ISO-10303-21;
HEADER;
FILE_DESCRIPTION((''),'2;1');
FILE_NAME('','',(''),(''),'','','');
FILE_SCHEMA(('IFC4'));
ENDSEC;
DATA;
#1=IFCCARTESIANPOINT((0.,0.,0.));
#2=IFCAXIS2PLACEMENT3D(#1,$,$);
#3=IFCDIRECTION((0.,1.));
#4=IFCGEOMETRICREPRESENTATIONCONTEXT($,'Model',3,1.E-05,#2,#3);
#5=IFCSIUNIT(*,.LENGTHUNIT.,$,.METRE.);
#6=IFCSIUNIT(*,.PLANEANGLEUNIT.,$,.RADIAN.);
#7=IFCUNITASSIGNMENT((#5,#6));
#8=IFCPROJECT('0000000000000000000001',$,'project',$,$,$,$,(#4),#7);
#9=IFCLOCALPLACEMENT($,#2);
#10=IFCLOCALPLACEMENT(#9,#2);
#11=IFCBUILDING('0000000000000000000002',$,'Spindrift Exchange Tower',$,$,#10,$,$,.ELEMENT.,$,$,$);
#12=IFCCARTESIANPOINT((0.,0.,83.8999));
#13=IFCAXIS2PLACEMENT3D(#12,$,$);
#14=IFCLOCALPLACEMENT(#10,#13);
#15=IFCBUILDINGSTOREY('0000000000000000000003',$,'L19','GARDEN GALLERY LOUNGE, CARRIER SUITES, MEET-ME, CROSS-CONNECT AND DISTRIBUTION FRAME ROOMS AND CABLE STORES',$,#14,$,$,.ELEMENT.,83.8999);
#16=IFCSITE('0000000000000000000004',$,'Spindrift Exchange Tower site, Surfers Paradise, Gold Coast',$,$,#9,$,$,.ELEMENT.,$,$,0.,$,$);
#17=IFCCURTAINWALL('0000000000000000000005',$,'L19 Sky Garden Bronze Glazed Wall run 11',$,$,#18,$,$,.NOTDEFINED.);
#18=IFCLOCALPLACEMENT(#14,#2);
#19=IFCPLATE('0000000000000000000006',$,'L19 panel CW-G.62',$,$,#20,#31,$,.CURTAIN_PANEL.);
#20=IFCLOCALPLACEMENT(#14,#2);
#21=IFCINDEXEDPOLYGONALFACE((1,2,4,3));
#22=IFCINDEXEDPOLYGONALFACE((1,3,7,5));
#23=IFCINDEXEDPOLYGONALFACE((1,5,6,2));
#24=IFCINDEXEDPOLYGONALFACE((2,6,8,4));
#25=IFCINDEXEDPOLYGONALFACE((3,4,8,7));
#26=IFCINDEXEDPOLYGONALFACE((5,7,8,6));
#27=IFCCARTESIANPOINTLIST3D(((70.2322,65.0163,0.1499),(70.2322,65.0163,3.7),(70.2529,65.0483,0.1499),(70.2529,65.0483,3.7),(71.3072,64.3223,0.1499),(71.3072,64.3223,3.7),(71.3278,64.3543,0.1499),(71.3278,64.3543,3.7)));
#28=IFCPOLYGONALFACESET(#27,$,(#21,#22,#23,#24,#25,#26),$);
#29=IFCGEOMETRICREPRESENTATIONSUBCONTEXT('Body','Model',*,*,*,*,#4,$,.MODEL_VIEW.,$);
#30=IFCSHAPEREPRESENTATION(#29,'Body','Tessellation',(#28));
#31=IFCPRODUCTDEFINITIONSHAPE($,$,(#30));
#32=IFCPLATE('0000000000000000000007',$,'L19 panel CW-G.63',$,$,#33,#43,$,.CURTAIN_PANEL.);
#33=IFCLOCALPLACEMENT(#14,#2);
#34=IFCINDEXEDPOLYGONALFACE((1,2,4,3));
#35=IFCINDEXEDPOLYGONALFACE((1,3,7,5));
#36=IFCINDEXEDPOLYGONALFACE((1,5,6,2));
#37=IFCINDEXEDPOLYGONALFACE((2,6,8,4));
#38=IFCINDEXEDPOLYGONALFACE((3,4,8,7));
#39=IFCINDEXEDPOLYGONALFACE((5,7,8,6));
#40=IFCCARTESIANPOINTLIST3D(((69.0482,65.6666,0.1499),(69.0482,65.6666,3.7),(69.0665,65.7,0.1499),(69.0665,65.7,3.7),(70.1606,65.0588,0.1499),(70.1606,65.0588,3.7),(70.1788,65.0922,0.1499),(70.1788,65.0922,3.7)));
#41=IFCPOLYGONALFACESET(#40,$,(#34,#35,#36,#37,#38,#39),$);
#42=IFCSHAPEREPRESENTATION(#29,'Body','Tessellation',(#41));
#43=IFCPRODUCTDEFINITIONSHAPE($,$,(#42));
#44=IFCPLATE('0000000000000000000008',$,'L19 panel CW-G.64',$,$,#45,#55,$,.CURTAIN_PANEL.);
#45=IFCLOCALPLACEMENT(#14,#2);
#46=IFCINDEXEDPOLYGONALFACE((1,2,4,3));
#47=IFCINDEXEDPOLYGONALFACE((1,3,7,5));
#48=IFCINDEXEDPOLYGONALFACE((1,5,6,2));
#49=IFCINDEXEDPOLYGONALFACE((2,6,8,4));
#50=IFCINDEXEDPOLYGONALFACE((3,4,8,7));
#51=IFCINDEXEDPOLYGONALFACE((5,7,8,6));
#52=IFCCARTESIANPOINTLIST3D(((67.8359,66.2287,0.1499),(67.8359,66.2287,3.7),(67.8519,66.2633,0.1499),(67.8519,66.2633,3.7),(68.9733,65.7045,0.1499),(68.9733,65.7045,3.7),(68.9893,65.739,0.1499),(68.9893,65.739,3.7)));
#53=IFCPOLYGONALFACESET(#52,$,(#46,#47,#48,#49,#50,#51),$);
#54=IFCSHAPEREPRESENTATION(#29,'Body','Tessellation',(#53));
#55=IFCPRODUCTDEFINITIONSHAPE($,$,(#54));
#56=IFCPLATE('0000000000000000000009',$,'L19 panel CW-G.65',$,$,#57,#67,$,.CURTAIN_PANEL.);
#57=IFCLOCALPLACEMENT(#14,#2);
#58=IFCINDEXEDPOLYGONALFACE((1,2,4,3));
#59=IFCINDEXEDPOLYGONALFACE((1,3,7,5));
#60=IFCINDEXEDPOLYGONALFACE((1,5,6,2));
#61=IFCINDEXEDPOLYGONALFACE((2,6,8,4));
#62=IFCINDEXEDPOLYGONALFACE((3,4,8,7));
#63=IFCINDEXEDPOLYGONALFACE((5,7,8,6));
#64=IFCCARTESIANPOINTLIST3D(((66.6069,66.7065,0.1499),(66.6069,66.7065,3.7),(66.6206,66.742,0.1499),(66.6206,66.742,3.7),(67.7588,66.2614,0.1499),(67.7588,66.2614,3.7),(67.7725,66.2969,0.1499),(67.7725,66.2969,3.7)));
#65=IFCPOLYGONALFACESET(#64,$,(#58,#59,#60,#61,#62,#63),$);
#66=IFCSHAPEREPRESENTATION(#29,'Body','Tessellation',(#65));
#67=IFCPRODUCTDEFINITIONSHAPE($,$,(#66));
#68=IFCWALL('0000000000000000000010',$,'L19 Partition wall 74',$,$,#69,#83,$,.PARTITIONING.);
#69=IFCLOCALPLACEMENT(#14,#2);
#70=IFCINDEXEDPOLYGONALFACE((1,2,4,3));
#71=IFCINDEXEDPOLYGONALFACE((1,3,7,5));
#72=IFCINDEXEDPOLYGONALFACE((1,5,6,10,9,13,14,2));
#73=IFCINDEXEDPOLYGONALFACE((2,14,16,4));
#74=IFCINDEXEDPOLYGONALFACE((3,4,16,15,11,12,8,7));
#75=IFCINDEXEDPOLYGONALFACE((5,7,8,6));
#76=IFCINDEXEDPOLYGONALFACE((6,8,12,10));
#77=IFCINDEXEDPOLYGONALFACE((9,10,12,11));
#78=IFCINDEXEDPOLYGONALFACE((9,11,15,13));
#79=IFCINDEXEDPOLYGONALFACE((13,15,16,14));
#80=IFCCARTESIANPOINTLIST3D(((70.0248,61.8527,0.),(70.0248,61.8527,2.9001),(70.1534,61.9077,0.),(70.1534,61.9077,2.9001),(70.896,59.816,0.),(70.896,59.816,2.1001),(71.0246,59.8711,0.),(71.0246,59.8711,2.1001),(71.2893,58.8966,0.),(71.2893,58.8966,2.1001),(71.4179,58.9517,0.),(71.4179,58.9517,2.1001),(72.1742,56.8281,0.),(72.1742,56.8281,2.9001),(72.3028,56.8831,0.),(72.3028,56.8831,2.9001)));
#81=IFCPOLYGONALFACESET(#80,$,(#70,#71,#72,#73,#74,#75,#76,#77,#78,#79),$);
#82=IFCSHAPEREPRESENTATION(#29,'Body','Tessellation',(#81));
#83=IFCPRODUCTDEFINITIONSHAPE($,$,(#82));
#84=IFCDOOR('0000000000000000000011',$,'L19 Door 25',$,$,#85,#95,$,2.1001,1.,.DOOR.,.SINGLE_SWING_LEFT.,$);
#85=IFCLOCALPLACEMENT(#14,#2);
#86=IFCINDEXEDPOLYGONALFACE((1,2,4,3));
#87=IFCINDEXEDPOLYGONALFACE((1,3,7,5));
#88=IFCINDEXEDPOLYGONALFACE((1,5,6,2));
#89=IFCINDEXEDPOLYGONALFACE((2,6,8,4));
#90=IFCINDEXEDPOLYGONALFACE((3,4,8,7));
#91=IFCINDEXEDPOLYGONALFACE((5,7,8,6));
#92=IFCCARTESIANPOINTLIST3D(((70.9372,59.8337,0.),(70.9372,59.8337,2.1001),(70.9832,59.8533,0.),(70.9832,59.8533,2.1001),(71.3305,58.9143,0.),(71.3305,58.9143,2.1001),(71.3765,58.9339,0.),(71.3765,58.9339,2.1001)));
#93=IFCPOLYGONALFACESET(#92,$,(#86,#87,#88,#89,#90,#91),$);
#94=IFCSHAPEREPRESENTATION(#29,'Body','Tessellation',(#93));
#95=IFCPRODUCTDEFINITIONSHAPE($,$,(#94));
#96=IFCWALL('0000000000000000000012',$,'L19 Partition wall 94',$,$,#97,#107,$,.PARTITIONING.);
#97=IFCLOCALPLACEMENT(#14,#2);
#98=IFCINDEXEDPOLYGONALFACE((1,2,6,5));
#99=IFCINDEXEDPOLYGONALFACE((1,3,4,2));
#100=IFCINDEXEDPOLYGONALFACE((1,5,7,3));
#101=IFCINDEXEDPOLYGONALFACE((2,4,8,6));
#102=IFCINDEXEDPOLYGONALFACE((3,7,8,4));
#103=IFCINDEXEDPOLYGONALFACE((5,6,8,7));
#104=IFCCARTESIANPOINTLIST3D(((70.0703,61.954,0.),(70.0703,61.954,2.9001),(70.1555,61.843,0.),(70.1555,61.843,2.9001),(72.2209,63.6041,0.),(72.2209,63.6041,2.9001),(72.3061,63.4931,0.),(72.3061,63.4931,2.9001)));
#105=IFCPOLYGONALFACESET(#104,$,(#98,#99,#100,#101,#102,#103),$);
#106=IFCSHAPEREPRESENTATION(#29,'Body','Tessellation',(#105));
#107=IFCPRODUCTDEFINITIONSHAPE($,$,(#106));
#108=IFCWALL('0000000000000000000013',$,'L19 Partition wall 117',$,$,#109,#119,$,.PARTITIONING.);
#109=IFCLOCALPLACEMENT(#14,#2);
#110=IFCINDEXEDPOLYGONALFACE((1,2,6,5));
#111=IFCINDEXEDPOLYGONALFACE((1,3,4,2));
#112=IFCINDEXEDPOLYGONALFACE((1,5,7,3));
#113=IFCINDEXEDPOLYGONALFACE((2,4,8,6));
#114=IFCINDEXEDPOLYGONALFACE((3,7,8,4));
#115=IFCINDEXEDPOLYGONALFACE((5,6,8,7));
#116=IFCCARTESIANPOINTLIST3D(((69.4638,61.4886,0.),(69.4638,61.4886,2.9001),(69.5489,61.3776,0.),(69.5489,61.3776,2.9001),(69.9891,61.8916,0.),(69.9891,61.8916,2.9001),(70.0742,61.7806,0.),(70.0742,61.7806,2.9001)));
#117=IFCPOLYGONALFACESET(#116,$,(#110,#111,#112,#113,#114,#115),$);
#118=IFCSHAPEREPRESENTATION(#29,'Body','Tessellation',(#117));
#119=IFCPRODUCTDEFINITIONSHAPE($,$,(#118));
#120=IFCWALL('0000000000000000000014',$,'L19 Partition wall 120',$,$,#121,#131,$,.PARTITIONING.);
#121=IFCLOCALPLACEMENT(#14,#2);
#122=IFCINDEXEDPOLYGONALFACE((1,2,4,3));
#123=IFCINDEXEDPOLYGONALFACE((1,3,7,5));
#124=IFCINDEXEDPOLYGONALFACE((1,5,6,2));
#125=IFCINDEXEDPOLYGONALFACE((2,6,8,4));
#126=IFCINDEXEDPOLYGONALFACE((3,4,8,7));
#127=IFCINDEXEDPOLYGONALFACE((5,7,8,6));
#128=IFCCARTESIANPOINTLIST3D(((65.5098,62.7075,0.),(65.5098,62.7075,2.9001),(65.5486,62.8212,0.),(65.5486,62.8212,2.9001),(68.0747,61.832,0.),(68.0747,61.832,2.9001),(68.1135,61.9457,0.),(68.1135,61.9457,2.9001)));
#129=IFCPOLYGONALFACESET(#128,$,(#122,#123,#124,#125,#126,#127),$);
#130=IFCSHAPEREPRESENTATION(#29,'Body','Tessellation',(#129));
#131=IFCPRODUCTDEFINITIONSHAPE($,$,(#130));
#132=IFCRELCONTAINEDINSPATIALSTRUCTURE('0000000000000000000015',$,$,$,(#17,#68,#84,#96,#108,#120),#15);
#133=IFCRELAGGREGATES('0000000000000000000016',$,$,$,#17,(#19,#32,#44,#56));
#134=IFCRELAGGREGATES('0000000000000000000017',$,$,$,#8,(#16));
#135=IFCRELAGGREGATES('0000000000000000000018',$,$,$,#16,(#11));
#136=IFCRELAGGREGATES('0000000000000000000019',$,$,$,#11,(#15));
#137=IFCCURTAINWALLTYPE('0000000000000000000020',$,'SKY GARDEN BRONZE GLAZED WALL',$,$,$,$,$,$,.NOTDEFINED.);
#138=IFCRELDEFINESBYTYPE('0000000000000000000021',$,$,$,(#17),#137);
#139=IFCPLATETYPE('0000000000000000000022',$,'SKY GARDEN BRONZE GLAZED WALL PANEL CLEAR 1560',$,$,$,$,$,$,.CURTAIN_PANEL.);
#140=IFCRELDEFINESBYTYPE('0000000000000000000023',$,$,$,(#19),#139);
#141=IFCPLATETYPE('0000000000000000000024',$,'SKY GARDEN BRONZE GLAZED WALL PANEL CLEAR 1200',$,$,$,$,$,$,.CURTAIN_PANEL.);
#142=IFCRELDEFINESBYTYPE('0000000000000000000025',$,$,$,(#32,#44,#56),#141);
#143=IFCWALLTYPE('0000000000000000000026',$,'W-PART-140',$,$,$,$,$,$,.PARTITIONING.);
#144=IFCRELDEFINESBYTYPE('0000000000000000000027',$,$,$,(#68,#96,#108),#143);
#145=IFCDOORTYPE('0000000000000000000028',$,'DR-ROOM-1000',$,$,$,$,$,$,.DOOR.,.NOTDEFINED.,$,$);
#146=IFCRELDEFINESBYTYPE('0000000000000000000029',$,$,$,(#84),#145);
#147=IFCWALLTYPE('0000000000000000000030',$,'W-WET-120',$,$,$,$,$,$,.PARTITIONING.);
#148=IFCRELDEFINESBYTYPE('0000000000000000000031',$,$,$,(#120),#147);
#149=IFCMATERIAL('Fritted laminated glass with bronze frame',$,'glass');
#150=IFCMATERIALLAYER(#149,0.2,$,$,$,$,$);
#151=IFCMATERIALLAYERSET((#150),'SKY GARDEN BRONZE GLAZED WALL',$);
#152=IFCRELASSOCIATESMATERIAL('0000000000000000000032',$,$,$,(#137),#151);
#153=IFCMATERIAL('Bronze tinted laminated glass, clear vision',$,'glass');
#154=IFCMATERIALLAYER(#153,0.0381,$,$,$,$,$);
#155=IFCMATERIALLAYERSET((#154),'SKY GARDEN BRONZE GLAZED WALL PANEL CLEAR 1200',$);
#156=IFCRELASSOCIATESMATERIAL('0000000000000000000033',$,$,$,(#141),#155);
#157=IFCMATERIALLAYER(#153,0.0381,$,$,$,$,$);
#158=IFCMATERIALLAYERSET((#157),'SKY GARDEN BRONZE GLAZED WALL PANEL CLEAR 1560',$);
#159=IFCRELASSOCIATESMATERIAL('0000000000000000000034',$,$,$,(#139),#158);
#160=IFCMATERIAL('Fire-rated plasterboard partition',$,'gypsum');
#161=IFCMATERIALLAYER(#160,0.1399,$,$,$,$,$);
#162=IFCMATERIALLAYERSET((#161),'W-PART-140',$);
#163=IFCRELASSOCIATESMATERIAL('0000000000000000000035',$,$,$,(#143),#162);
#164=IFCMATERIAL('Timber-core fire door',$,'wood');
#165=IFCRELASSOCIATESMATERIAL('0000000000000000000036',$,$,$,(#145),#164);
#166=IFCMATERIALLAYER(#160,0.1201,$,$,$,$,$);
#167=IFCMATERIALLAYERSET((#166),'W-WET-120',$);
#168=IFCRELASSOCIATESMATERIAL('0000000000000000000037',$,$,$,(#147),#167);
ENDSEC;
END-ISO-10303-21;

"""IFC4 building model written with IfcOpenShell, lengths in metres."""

from ifc_helpers import new_model, si_unit, direction, frame, frame_2d, origin, origin_2d, place, context, subcontext, project, spatial, rectangle, extrude, source, transform, mapped, material, layer, layer_set, type_object, element, fill, aggregate, save


model = new_model("IFC4")

# Units and contexts
model_context = context("Model", 3, precision=1e-05, world=origin(), true_north=direction((0.0, 1.0)))
body_context = subcontext(model_context, "Body", "Model", "MODEL_VIEW")
ifc_project = project(units=[si_unit("LENGTHUNIT", "METRE"), si_unit("PLANEANGLEUNIT", "RADIAN")], contexts=[model_context])

# Site, building, storey
site_placement = place(None, origin())
site = spatial("IfcSite", under=ifc_project, at=site_placement, Name="Spindrift Exchange Tower site, Surfers Paradise, Gold Coast", CompositionType="ELEMENT", RefElevation=0.0)
building_placement = place(site_placement, origin())
building = spatial("IfcBuilding", under=site, at=building_placement, Name="Spindrift Exchange Tower", CompositionType="ELEMENT")
storey_placement = place(building_placement, frame((0.0, 0.0, 83.8999)))
storey = spatial("IfcBuildingStorey", under=building, at=storey_placement, Name="L19", Description="GARDEN GALLERY LOUNGE, CARRIER SUITES, MEET-ME, CROSS-CONNECT AND DISTRIBUTION FRAME ROOMS AND CABLE STORES", CompositionType="ELEMENT", Elevation=83.8999)

# Shared definitions
ifc_material_1 = material(Name="Fritted laminated glass with bronze frame", Category="glass")
ifc_layer_1 = layer(ifc_material_1, 0.2)
ifc_layer_set_1 = layer_set([ifc_layer_1], Name="SKY GARDEN BRONZE GLAZED WALL")
curtain_wall_type = type_object("IfcCurtainWallType", Name="SKY GARDEN BRONZE GLAZED WALL", PredefinedType="NOTDEFINED", material=ifc_layer_set_1)

# Curtain wall
curtain_wall_1_placement = place(storey_placement, origin())
curtain_wall_1 = element("IfcCurtainWall", 1, at=curtain_wall_1_placement, inside=storey, type_object=curtain_wall_type, Name="L19 Sky Garden Bronze Glazed Wall run 11", PredefinedType="NOTDEFINED")

# Plates
ifc_material_2 = material(Name="Bronze tinted laminated glass, clear vision", Category="glass")
ifc_layer_2 = layer(ifc_material_2, 0.0381)
ifc_layer_set_2 = layer_set([ifc_layer_2], Name="SKY GARDEN BRONZE GLAZED WALL PANEL CLEAR 1200")
plate_type_1 = type_object("IfcPlateType", Name="SKY GARDEN BRONZE GLAZED WALL PANEL CLEAR 1200", PredefinedType="CURTAIN_PANEL", material=ifc_layer_set_2)
ifc_layer_3 = layer(ifc_material_2, 0.0381)
ifc_layer_set_3 = layer_set([ifc_layer_3], Name="SKY GARDEN BRONZE GLAZED WALL PANEL CLEAR 1560")
plate_type_2 = type_object("IfcPlateType", Name="SKY GARDEN BRONZE GLAZED WALL PANEL CLEAR 1560", PredefinedType="CURTAIN_PANEL", material=ifc_layer_set_3)
shared_shape_1 = source(origin(), body_context, "Body", "SweptSolid", [
    extrude(rectangle(XDim=1.2795, YDim=0.0381, at=origin_2d()), origin(), (0.0, 0.0, 1.0), 3.55),
])
plate_1_placement = place(storey_placement, frame((70.78, 64.6853, 0.1499), z_axis=(0.0, 0.0, 1.0), x_axis=(-0.8401, 0.542431, 0.0)))
plate_1 = element("IfcPlate", 2, at=plate_1_placement, type_object=plate_type_2, Name="L19 panel CW-G.62", PredefinedType="CURTAIN_PANEL", context=body_context, shape_type="MappedRepresentation", body=[
    mapped(shared_shape_1, transform((0.0, 0.0, 0.0), scale=1.0)),
])
shared_shape_2 = source(origin(), body_context, "Body", "SweptSolid", [
    extrude(rectangle(XDim=1.2676, YDim=0.0381, at=origin_2d()), origin(), (0.0, 0.0, 1.0), 3.55),
])
plate_2_placement = place(storey_placement, frame((69.6135, 65.3794, 0.1499), z_axis=(0.0, 0.0, 1.0), x_axis=(-0.877553, 0.479479, 0.0)))
plate_2 = element("IfcPlate", 3, at=plate_2_placement, type_object=plate_type_1, Name="L19 panel CW-G.63", PredefinedType="CURTAIN_PANEL", context=body_context, shape_type="MappedRepresentation", body=[
    mapped(shared_shape_2, transform((0.0, 0.0, 0.0), scale=1.0)),
])
shared_shape_3 = source(origin(), body_context, "Body", "SweptSolid", [
    extrude(rectangle(XDim=1.2524, YDim=0.0381, at=origin_2d()), origin(), (0.0, 0.0, 1.0), 3.55),
])
plate_3_placement = place(storey_placement, frame((68.4126, 65.9839, 0.1499), z_axis=(0.0, 0.0, 1.0), x_axis=(-0.908167, 0.418607, 0.0)))
plate_3 = element("IfcPlate", 4, at=plate_3_placement, type_object=plate_type_1, Name="L19 panel CW-G.64", PredefinedType="CURTAIN_PANEL", context=body_context, shape_type="MappedRepresentation", body=[
    mapped(shared_shape_3, transform((0.0, 0.0, 0.0), scale=1.0)),
])
shared_shape_4 = source(origin(), body_context, "Body", "SweptSolid", [
    extrude(rectangle(XDim=1.2349, YDim=0.0381, at=origin_2d()), origin(), (0.0, 0.0, 1.0), 3.55),
])
plate_4_placement = place(storey_placement, frame((67.1897, 66.5017, 0.1499), z_axis=(0.0, 0.0, 1.0), x_axis=(-0.932786, 0.360432, 0.0)))
plate_4 = element("IfcPlate", 5, at=plate_4_placement, type_object=plate_type_1, Name="L19 panel CW-G.65", PredefinedType="CURTAIN_PANEL", context=body_context, shape_type="MappedRepresentation", body=[
    mapped(shared_shape_4, transform((0.0, 0.0, 0.0), scale=1.0)),
])
aggregate(curtain_wall_1, [plate_1, plate_2, plate_3, plate_4])

# Wall, opening, door
ifc_material_3 = material(Name="Fire-rated plasterboard partition", Category="gypsum")
ifc_layer_4 = layer(ifc_material_3, 0.1399)
ifc_layer_set_4 = layer_set([ifc_layer_4], Name="W-PART-140")
wall_type_1 = type_object("IfcWallType", Name="W-PART-140", PredefinedType="PARTITIONING", material=ifc_layer_set_4)
wall_1_placement = place(storey_placement, frame((70.0891, 61.8801, 0.0), z_axis=(0.0, 0.0, 1.0), x_axis=(0.393299, -0.919411, 0.0)))
wall_1 = element("IfcWall", 6, at=wall_1_placement, inside=storey, type_object=wall_type_1, Name="L19 Partition wall 74", PredefinedType="PARTITIONING", context=body_context, shape_type="SweptSolid", body=[
    extrude(rectangle(XDim=5.4651, YDim=0.1399, at=frame_2d((2.7324, 0.0))), origin(), (0.0, 0.0, 1.0), 2.9001),
])
opening_placement = place(wall_1_placement, frame((2.2151, 0.0, 0.0)))
opening = element("IfcOpeningElement", 7, at=opening_placement, cuts=wall_1, PredefinedType="OPENING", context=body_context, shape_type="SweptSolid", body=[
    extrude(rectangle(XDim=1.0, YDim=2.1001, at=frame_2d((0.5, 1.05))), frame((0.0, 0.0798, 0.0), z_axis=(0.0, -1.0, 0.0), x_axis=(1.0, 0.0, 0.0)), (0.0, 0.0, 1.0), 0.1599),
])
ifc_material_4 = material(Name="Timber-core fire door", Category="wood")
door_type = type_object("IfcDoorType", Name="DR-ROOM-1000", OperationType="NOTDEFINED", PredefinedType="DOOR", material=ifc_material_4)
shared_shape_5 = source(origin(), body_context, "Body", "SweptSolid", [
    extrude(rectangle(XDim=1.0, YDim=2.1001, at=frame_2d((0.5, 1.05))), frame((0.0, 0.0249, 0.0), z_axis=(0.0, -1.0, 0.0), x_axis=(1.0, 0.0, 0.0)), (0.0, 0.0, 1.0), 0.05),
])
door_placement = place(opening_placement, origin())
door = element("IfcDoor", 8, at=door_placement, inside=storey, type_object=door_type, Name="L19 Door 25", OperationType="SINGLE_SWING_LEFT", OverallHeight=2.1001, OverallWidth=1.0, PredefinedType="DOOR", context=body_context, shape_type="MappedRepresentation", body=[
    mapped(shared_shape_5, transform((0.0, 0.0, 0.0), scale=1.0)),
])
fill(opening, door)

# Walls
wall_2_placement = place(storey_placement, frame((70.1128, 61.8984, 0.0), z_axis=(0.0, 0.0, 1.0), x_axis=(0.79337, 0.60874, 0.0)))
element("IfcWall", 9, at=wall_2_placement, inside=storey, type_object=wall_type_1, Name="L19 Partition wall 94", PredefinedType="PARTITIONING", context=body_context, shape_type="SweptSolid", body=[
    extrude(rectangle(XDim=2.7107, YDim=0.1399, at=frame_2d((1.3555, 0.0))), origin(), (0.0, 0.0, 1.0), 2.9001),
])
wall_3_placement = place(storey_placement, frame((69.5063, 61.4331, 0.0), z_axis=(0.0, 0.0, 1.0), x_axis=(0.793405, 0.608695, 0.0)))
element("IfcWall", 10, at=wall_3_placement, inside=storey, type_object=wall_type_1, Name="L19 Partition wall 117", PredefinedType="PARTITIONING", context=body_context, shape_type="SweptSolid", body=[
    extrude(rectangle(XDim=0.6621, YDim=0.1399, at=frame_2d((0.3311, 0.0))), origin(), (0.0, 0.0, 1.0), 2.9001),
])
ifc_layer_5 = layer(ifc_material_3, 0.1201)
ifc_layer_set_5 = layer_set([ifc_layer_5], Name="W-WET-120")
wall_type_2 = type_object("IfcWallType", Name="W-WET-120", PredefinedType="PARTITIONING", material=ifc_layer_set_5)
wall_4_placement = place(storey_placement, frame((68.094, 61.8889, 0.0), z_axis=(0.0, 0.0, 1.0), x_axis=(-0.946389, 0.32303, 0.0)))
element("IfcWall", 11, at=wall_4_placement, inside=storey, type_object=wall_type_2, Name="L19 Partition wall 120", PredefinedType="PARTITIONING", context=body_context, shape_type="SweptSolid", body=[
    extrude(rectangle(XDim=2.7102, YDim=0.1201, at=frame_2d((1.355, 0.0))), origin(), (0.0, 0.0, 1.0), 2.9001),
])

save(model, "model.ifc")
